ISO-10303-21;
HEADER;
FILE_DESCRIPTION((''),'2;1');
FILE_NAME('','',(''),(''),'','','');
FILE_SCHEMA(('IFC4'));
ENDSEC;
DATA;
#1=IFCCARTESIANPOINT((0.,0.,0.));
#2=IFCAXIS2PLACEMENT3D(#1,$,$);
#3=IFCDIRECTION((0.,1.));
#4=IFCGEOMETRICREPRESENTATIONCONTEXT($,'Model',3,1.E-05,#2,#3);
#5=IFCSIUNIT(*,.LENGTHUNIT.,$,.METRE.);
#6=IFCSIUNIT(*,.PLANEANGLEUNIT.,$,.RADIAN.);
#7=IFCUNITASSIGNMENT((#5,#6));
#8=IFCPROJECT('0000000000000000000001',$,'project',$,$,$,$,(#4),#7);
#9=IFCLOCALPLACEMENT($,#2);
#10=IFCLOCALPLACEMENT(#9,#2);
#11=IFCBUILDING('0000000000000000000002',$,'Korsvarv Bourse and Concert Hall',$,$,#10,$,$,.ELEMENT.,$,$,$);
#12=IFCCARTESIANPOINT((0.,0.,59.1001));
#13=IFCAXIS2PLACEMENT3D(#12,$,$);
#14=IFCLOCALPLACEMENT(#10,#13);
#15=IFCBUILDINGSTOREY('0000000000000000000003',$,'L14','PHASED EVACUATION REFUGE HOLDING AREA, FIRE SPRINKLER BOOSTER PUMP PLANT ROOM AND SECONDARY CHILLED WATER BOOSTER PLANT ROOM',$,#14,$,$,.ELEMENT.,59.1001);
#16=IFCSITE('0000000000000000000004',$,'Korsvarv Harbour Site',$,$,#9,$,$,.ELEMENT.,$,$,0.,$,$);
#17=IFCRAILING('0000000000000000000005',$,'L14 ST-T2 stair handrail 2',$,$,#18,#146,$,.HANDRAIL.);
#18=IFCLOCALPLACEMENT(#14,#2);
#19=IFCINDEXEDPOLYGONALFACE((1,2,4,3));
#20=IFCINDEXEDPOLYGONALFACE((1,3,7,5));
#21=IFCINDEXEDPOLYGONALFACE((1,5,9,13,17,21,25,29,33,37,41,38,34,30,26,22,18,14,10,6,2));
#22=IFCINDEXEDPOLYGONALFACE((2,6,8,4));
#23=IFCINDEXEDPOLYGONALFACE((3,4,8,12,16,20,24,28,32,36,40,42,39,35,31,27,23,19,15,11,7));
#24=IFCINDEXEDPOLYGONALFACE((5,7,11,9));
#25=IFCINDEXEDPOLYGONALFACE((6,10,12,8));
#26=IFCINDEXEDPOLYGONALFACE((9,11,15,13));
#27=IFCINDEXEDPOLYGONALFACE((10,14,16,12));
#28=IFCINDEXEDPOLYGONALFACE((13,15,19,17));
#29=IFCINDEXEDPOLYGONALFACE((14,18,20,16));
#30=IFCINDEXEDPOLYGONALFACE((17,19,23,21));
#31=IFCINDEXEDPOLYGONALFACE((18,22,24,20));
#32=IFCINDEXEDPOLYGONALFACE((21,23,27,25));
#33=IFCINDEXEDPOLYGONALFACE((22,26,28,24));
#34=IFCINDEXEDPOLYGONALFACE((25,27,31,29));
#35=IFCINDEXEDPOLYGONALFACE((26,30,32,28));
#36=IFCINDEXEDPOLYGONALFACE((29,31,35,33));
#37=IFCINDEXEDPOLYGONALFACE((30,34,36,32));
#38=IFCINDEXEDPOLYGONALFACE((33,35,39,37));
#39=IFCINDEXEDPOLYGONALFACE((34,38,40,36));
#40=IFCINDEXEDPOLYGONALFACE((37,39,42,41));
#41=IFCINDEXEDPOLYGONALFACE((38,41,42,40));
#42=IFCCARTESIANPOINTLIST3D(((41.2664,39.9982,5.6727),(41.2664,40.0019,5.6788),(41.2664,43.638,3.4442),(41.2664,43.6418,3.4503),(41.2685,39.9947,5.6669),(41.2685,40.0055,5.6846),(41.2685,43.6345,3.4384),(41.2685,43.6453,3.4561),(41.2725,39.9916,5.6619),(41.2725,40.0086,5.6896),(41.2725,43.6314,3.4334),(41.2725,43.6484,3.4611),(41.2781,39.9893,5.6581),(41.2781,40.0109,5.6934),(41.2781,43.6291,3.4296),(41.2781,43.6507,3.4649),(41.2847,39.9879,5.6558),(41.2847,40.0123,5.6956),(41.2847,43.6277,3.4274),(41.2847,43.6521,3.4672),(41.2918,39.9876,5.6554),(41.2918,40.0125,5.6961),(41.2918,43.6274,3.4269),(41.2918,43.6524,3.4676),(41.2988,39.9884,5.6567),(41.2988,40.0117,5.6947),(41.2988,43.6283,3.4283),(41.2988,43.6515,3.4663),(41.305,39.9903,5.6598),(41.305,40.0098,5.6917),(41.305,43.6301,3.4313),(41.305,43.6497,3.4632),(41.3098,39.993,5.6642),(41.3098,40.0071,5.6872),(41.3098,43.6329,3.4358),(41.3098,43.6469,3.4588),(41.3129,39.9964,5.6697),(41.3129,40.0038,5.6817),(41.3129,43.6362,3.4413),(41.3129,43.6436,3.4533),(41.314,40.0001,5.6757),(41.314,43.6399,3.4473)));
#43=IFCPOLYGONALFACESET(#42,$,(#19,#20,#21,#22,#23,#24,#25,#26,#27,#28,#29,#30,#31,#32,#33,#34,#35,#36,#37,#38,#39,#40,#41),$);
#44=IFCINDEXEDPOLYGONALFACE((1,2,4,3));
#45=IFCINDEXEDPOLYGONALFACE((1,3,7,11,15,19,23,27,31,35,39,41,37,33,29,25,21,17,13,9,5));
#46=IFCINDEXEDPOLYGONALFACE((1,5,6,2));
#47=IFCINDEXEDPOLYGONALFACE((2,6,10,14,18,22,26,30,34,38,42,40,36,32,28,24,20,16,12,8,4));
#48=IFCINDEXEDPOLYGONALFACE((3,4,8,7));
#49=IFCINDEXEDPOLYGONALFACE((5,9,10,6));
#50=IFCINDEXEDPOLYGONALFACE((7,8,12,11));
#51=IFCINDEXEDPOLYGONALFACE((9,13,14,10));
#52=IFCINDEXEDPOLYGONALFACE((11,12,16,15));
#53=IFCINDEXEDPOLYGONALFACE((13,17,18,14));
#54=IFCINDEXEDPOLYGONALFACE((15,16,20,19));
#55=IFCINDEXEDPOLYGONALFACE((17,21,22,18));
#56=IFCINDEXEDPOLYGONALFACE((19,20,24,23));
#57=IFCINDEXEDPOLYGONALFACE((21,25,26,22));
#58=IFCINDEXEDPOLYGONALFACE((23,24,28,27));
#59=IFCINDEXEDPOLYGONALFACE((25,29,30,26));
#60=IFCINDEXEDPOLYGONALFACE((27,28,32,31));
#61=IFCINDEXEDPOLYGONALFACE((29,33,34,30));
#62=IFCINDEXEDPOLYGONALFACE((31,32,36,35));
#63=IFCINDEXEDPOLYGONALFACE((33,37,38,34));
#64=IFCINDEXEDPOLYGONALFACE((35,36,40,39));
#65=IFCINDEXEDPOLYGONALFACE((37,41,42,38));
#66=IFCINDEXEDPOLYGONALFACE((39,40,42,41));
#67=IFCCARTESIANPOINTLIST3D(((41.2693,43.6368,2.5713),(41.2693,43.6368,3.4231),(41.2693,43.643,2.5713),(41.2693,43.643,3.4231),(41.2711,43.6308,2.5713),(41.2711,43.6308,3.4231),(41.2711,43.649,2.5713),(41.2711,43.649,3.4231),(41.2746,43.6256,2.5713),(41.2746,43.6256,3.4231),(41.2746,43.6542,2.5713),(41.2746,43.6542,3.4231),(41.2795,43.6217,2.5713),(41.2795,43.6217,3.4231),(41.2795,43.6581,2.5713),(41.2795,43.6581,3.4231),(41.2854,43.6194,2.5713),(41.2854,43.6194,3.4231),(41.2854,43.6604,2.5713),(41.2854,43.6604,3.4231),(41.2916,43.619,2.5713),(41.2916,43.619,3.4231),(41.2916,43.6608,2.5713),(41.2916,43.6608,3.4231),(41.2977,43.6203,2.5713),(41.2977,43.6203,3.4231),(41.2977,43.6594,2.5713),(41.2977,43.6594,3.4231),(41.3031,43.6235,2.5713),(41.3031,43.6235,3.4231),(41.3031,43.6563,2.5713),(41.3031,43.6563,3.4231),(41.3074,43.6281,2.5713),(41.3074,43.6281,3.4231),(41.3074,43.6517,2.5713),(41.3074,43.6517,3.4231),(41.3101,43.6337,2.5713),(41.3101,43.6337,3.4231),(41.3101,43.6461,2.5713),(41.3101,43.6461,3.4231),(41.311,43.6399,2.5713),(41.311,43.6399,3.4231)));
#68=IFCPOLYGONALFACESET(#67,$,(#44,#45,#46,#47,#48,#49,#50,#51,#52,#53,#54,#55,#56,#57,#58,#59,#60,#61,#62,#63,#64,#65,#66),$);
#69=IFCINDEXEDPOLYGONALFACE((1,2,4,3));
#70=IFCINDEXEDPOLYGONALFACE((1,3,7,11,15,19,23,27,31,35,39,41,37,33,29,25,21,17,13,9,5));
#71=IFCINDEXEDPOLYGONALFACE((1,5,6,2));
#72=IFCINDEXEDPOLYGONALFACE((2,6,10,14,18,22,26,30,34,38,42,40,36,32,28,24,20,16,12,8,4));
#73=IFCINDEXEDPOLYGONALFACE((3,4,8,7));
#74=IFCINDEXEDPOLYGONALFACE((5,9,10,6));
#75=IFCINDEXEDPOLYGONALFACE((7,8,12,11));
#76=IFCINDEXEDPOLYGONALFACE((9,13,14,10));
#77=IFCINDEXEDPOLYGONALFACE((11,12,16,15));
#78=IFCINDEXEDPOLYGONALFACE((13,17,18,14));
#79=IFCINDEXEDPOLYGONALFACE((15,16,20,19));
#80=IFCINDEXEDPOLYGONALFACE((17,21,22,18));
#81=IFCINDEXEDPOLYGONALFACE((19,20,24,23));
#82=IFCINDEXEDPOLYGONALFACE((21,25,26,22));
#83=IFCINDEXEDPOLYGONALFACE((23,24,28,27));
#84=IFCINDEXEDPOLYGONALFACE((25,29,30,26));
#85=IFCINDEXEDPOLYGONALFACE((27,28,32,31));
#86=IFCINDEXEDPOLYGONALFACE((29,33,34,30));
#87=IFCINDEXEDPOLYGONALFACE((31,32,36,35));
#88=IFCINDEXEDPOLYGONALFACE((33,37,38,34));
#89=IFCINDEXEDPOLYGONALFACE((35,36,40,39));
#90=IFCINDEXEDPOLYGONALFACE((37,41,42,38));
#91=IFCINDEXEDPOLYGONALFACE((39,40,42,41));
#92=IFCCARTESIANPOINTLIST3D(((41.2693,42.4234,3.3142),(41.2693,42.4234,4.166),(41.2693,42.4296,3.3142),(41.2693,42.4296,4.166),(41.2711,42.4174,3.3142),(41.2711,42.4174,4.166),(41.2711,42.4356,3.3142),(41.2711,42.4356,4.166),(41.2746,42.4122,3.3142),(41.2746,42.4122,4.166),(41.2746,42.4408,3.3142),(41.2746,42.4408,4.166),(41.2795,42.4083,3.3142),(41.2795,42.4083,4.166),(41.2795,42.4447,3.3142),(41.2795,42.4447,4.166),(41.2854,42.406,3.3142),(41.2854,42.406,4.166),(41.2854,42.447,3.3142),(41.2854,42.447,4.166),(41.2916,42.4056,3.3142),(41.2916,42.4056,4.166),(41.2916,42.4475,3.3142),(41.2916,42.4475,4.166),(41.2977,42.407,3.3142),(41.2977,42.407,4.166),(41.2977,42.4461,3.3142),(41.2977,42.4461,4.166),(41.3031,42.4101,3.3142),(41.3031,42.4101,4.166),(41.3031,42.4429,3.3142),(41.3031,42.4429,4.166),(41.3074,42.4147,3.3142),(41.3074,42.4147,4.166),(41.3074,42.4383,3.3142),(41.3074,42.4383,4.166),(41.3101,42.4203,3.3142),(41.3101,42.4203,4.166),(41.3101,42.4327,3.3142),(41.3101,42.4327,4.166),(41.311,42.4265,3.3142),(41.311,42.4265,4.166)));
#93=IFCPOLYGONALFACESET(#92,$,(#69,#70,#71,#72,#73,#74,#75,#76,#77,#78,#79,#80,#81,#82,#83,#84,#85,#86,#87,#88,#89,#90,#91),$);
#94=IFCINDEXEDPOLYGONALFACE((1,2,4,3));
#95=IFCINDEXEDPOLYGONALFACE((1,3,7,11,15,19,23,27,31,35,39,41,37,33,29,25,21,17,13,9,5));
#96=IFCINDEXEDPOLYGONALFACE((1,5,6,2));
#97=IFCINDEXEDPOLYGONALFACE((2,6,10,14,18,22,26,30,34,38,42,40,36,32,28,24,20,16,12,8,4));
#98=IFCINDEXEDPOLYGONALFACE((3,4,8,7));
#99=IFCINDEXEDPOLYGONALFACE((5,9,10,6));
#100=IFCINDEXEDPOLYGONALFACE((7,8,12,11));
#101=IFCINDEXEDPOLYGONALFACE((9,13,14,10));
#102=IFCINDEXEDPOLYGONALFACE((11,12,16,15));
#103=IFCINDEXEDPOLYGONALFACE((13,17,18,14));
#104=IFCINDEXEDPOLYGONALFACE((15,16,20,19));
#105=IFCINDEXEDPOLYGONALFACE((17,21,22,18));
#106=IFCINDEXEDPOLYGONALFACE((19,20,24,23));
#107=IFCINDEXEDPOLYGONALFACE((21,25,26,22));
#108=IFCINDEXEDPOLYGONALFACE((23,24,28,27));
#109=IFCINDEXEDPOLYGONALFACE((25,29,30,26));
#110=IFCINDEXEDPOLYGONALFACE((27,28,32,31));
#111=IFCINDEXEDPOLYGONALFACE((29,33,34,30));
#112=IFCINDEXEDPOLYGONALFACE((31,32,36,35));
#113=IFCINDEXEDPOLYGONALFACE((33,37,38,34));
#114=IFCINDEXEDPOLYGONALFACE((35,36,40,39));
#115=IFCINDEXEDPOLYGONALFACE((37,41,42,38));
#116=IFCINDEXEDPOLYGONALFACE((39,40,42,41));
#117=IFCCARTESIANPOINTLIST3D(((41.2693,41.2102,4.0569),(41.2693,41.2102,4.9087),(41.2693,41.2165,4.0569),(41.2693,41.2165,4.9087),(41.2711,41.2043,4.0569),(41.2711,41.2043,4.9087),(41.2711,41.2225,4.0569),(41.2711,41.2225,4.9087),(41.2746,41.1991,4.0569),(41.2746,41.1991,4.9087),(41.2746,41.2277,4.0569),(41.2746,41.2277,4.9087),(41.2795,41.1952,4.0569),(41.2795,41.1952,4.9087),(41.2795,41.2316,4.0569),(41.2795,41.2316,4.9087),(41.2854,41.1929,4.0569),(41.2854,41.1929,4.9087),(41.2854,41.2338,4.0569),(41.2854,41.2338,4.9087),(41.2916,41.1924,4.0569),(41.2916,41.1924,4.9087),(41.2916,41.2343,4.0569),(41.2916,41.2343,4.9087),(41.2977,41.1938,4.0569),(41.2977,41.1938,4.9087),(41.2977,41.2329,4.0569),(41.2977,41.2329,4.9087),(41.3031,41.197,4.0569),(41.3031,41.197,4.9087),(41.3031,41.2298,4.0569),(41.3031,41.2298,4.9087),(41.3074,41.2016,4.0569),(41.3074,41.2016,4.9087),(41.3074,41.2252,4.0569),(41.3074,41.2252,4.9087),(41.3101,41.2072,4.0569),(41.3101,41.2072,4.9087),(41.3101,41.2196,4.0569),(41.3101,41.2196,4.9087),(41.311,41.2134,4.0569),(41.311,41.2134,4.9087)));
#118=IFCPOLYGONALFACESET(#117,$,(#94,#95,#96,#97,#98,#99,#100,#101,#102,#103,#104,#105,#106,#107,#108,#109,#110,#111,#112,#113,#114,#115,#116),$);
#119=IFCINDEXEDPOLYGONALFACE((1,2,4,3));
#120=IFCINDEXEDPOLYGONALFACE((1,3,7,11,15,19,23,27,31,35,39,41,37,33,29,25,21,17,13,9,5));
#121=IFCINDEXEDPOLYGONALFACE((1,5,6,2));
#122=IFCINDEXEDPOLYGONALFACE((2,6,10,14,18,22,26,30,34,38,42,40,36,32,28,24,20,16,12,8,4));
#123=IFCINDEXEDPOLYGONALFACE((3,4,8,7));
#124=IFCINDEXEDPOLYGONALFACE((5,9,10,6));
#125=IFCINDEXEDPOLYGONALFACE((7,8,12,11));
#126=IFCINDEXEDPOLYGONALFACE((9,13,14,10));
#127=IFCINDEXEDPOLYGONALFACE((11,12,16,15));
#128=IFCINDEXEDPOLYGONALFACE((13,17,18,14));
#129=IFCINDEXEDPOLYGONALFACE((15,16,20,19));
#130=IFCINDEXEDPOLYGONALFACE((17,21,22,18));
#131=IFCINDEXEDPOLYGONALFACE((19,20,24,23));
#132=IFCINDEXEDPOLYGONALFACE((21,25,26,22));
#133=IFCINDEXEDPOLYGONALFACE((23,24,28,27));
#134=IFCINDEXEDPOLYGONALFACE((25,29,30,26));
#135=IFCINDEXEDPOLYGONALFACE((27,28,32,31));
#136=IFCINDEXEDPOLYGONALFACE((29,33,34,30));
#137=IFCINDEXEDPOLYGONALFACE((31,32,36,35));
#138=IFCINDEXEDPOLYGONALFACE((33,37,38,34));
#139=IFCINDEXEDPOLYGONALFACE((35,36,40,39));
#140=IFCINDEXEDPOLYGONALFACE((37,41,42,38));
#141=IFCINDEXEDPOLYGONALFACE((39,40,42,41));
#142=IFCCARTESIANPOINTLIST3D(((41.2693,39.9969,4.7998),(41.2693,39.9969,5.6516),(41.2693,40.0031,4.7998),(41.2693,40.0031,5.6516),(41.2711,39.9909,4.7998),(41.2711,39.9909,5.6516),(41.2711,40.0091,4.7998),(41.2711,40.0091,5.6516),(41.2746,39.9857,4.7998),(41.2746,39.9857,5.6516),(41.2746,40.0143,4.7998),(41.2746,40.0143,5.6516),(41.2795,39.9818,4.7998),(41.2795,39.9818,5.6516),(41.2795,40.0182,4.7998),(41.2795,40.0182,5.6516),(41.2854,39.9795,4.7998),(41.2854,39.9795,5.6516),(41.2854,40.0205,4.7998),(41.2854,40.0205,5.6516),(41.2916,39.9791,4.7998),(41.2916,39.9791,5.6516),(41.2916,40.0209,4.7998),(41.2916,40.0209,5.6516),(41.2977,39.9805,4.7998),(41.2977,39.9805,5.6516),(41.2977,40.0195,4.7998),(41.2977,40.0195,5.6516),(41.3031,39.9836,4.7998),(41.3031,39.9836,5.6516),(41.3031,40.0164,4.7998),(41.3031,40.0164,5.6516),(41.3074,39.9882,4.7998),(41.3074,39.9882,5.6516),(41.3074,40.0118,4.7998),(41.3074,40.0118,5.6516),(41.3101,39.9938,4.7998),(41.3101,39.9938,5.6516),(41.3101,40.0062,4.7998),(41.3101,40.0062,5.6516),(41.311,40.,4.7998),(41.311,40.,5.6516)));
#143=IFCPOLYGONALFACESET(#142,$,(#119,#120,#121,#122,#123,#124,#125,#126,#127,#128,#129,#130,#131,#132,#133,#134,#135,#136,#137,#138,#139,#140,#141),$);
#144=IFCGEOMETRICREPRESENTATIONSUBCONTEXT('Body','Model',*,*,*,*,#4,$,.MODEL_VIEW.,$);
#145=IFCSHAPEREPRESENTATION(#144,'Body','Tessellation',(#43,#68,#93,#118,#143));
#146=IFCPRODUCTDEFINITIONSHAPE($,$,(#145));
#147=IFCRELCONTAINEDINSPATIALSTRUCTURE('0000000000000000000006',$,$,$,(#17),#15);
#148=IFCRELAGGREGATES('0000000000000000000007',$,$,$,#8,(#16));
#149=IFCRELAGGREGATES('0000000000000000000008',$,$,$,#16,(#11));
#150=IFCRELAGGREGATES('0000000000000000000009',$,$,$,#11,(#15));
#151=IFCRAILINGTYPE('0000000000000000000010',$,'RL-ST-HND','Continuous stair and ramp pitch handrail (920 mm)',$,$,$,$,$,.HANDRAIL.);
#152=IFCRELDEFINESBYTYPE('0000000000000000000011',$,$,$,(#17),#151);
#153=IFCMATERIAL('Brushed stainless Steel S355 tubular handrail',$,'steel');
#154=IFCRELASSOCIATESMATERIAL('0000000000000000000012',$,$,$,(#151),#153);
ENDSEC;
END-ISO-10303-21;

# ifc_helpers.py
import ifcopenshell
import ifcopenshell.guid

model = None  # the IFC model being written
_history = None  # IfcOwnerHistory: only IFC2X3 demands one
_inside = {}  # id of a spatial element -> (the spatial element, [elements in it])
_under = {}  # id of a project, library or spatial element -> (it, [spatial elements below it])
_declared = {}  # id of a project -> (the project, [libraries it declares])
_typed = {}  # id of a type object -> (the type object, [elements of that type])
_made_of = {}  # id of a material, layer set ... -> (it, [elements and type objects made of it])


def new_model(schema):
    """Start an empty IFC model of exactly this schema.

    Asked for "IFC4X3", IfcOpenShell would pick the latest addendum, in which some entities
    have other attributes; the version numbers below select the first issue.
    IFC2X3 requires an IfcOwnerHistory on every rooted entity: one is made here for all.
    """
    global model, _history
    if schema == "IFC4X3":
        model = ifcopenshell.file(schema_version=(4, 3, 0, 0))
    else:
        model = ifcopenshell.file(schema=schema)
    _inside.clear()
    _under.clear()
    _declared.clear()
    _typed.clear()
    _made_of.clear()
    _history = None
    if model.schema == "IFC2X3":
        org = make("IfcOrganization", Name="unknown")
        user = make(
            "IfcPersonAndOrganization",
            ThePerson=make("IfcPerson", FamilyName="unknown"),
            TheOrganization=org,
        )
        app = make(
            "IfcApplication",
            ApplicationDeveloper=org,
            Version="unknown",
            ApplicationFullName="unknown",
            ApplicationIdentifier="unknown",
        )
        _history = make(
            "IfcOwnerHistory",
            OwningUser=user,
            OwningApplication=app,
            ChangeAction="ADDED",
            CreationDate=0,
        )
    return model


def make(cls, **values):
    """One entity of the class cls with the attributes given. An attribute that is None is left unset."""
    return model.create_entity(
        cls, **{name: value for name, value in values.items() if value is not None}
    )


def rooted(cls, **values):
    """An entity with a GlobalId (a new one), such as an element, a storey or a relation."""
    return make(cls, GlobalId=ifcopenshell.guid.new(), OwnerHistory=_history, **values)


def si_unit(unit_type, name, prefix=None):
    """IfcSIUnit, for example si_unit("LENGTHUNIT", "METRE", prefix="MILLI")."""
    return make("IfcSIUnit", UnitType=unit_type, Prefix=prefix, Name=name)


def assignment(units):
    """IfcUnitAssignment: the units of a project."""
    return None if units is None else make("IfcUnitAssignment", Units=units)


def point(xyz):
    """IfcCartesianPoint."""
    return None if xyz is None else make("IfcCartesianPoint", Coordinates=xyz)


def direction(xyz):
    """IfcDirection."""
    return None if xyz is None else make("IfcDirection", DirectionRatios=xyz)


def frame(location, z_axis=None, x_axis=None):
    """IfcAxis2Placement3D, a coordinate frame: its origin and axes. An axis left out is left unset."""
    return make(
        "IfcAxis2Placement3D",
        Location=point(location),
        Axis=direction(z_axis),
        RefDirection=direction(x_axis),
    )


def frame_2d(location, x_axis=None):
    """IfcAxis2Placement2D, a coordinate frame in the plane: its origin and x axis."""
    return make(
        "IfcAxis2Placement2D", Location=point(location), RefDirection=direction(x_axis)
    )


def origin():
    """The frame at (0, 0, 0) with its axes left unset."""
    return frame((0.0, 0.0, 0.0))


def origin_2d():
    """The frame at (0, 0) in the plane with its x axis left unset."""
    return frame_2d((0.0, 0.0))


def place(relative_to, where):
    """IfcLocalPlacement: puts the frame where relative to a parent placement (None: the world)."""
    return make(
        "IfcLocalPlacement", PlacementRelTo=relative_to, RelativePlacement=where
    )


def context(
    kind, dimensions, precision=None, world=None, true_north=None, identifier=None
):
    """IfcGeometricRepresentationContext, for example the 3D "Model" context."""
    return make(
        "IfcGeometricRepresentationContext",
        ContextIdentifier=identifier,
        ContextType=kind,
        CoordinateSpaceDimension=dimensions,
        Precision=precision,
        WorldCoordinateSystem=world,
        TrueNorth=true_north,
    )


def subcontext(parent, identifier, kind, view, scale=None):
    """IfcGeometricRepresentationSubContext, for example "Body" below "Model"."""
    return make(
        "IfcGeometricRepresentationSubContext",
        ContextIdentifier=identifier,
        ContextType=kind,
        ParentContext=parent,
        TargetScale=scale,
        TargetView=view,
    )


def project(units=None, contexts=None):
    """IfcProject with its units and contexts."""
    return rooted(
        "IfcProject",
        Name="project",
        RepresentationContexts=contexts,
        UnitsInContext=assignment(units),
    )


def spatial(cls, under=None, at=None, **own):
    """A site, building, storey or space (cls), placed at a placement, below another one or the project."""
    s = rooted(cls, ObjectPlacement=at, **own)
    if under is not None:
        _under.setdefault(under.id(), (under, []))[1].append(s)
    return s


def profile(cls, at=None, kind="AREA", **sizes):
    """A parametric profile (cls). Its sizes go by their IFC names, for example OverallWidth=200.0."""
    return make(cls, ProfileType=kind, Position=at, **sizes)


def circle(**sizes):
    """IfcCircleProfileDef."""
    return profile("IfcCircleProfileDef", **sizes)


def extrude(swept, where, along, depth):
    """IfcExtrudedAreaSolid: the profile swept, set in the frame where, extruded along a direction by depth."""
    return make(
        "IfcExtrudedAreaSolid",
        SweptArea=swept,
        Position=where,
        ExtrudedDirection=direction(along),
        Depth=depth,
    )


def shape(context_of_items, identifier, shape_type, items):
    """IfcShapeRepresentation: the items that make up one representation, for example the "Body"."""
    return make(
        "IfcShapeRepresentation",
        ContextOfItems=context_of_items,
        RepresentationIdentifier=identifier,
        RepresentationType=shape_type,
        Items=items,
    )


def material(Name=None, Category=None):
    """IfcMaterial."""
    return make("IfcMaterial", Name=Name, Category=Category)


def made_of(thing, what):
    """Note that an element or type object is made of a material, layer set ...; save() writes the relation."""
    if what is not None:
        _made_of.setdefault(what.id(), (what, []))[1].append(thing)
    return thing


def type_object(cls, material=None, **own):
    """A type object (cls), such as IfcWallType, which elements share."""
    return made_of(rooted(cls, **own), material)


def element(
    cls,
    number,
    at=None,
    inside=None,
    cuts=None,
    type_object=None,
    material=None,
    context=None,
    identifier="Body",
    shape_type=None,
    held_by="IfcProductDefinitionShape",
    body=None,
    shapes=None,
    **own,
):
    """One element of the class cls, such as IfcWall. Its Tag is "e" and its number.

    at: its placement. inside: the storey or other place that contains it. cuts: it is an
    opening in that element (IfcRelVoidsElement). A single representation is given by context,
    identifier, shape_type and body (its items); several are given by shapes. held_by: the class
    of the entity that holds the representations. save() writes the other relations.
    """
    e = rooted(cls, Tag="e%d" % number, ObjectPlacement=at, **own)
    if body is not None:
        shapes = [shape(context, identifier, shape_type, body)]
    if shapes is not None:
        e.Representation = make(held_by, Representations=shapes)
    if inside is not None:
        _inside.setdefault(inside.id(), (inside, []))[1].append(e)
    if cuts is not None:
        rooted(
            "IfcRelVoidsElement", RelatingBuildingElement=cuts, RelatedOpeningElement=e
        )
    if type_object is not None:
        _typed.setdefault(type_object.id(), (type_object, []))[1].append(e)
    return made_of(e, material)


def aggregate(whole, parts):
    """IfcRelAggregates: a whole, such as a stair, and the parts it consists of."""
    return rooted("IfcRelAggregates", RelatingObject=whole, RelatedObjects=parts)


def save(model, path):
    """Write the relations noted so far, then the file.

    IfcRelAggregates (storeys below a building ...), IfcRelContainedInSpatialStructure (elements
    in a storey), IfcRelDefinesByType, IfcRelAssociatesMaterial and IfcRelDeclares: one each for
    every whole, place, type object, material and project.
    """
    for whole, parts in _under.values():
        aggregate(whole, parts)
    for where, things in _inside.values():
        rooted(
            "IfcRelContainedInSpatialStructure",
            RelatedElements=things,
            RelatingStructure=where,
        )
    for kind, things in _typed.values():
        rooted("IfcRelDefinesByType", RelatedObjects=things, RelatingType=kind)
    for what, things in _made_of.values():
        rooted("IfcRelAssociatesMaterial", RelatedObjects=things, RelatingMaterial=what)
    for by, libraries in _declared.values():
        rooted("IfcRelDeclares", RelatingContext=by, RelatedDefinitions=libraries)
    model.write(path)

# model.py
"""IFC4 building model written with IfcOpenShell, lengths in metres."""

from ifc_helpers import new_model, si_unit, direction, frame, origin, origin_2d, place, context, subcontext, project, spatial, circle, extrude, material, type_object, element, save


model = new_model("IFC4")

# Units and contexts
model_context = context("Model", 3, precision=1e-05, world=origin(), true_north=direction((0.0, 1.0)))
body_context = subcontext(model_context, "Body", "Model", "MODEL_VIEW")
ifc_project = project(units=[si_unit("LENGTHUNIT", "METRE"), si_unit("PLANEANGLEUNIT", "RADIAN")], contexts=[model_context])

# Site, building, storey
site_placement = place(None, origin())
site = spatial("IfcSite", under=ifc_project, at=site_placement, Name="Korsvarv Harbour Site", CompositionType="ELEMENT", RefElevation=0.0)
building_placement = place(site_placement, origin())
building = spatial("IfcBuilding", under=site, at=building_placement, Name="Korsvarv Bourse and Concert Hall", CompositionType="ELEMENT")
storey_placement = place(building_placement, frame((0.0, 0.0, 59.1001)))
storey = spatial("IfcBuildingStorey", under=building, at=storey_placement, Name="L14", Description="PHASED EVACUATION REFUGE HOLDING AREA, FIRE SPRINKLER BOOSTER PUMP PLANT ROOM AND SECONDARY CHILLED WATER BOOSTER PLANT ROOM", CompositionType="ELEMENT", Elevation=59.1001)

# Railing
ifc_material_1 = material(Name="Brushed stainless Steel S355 tubular handrail", Category="steel")
railing_type_1 = type_object("IfcRailingType", Name="RL-ST-HND", Description="Continuous stair and ramp pitch handrail (920 mm)", PredefinedType="HANDRAIL", material=ifc_material_1)
railing_1_placement = place(storey_placement, frame((41.29, 43.6399, 2.5713)))
element("IfcRailing", 1, at=railing_1_placement, inside=storey, type_object=railing_type_1, Name="L14 ST-T2 stair handrail 2", PredefinedType="HANDRAIL", context=body_context, shape_type="SweptSolid", body=[
    extrude(circle(Radius=0.0239, at=origin_2d()), frame((0.0, 0.0, 0.876), z_axis=(0.0, -0.85285, 0.522156), x_axis=(1.0, 0.0, 0.0)), (0.0, 0.0, 1.0), 4.2678),
    extrude(circle(Radius=0.021, at=origin_2d()), origin(), (0.0, 0.0, 1.0), 0.8518),
    extrude(circle(Radius=0.021, at=origin_2d()), frame((0.0, -1.2134, 0.7429)), (0.0, 0.0, 1.0), 0.8518),
    extrude(circle(Radius=0.021, at=origin_2d()), frame((0.0, -2.4265, 1.4856)), (0.0, 0.0, 1.0), 0.8518),
    extrude(circle(Radius=0.021, at=origin_2d()), frame((0.0, -3.6399, 2.2285)), (0.0, 0.0, 1.0), 0.8518),
])

save(model, "model.ifc")
